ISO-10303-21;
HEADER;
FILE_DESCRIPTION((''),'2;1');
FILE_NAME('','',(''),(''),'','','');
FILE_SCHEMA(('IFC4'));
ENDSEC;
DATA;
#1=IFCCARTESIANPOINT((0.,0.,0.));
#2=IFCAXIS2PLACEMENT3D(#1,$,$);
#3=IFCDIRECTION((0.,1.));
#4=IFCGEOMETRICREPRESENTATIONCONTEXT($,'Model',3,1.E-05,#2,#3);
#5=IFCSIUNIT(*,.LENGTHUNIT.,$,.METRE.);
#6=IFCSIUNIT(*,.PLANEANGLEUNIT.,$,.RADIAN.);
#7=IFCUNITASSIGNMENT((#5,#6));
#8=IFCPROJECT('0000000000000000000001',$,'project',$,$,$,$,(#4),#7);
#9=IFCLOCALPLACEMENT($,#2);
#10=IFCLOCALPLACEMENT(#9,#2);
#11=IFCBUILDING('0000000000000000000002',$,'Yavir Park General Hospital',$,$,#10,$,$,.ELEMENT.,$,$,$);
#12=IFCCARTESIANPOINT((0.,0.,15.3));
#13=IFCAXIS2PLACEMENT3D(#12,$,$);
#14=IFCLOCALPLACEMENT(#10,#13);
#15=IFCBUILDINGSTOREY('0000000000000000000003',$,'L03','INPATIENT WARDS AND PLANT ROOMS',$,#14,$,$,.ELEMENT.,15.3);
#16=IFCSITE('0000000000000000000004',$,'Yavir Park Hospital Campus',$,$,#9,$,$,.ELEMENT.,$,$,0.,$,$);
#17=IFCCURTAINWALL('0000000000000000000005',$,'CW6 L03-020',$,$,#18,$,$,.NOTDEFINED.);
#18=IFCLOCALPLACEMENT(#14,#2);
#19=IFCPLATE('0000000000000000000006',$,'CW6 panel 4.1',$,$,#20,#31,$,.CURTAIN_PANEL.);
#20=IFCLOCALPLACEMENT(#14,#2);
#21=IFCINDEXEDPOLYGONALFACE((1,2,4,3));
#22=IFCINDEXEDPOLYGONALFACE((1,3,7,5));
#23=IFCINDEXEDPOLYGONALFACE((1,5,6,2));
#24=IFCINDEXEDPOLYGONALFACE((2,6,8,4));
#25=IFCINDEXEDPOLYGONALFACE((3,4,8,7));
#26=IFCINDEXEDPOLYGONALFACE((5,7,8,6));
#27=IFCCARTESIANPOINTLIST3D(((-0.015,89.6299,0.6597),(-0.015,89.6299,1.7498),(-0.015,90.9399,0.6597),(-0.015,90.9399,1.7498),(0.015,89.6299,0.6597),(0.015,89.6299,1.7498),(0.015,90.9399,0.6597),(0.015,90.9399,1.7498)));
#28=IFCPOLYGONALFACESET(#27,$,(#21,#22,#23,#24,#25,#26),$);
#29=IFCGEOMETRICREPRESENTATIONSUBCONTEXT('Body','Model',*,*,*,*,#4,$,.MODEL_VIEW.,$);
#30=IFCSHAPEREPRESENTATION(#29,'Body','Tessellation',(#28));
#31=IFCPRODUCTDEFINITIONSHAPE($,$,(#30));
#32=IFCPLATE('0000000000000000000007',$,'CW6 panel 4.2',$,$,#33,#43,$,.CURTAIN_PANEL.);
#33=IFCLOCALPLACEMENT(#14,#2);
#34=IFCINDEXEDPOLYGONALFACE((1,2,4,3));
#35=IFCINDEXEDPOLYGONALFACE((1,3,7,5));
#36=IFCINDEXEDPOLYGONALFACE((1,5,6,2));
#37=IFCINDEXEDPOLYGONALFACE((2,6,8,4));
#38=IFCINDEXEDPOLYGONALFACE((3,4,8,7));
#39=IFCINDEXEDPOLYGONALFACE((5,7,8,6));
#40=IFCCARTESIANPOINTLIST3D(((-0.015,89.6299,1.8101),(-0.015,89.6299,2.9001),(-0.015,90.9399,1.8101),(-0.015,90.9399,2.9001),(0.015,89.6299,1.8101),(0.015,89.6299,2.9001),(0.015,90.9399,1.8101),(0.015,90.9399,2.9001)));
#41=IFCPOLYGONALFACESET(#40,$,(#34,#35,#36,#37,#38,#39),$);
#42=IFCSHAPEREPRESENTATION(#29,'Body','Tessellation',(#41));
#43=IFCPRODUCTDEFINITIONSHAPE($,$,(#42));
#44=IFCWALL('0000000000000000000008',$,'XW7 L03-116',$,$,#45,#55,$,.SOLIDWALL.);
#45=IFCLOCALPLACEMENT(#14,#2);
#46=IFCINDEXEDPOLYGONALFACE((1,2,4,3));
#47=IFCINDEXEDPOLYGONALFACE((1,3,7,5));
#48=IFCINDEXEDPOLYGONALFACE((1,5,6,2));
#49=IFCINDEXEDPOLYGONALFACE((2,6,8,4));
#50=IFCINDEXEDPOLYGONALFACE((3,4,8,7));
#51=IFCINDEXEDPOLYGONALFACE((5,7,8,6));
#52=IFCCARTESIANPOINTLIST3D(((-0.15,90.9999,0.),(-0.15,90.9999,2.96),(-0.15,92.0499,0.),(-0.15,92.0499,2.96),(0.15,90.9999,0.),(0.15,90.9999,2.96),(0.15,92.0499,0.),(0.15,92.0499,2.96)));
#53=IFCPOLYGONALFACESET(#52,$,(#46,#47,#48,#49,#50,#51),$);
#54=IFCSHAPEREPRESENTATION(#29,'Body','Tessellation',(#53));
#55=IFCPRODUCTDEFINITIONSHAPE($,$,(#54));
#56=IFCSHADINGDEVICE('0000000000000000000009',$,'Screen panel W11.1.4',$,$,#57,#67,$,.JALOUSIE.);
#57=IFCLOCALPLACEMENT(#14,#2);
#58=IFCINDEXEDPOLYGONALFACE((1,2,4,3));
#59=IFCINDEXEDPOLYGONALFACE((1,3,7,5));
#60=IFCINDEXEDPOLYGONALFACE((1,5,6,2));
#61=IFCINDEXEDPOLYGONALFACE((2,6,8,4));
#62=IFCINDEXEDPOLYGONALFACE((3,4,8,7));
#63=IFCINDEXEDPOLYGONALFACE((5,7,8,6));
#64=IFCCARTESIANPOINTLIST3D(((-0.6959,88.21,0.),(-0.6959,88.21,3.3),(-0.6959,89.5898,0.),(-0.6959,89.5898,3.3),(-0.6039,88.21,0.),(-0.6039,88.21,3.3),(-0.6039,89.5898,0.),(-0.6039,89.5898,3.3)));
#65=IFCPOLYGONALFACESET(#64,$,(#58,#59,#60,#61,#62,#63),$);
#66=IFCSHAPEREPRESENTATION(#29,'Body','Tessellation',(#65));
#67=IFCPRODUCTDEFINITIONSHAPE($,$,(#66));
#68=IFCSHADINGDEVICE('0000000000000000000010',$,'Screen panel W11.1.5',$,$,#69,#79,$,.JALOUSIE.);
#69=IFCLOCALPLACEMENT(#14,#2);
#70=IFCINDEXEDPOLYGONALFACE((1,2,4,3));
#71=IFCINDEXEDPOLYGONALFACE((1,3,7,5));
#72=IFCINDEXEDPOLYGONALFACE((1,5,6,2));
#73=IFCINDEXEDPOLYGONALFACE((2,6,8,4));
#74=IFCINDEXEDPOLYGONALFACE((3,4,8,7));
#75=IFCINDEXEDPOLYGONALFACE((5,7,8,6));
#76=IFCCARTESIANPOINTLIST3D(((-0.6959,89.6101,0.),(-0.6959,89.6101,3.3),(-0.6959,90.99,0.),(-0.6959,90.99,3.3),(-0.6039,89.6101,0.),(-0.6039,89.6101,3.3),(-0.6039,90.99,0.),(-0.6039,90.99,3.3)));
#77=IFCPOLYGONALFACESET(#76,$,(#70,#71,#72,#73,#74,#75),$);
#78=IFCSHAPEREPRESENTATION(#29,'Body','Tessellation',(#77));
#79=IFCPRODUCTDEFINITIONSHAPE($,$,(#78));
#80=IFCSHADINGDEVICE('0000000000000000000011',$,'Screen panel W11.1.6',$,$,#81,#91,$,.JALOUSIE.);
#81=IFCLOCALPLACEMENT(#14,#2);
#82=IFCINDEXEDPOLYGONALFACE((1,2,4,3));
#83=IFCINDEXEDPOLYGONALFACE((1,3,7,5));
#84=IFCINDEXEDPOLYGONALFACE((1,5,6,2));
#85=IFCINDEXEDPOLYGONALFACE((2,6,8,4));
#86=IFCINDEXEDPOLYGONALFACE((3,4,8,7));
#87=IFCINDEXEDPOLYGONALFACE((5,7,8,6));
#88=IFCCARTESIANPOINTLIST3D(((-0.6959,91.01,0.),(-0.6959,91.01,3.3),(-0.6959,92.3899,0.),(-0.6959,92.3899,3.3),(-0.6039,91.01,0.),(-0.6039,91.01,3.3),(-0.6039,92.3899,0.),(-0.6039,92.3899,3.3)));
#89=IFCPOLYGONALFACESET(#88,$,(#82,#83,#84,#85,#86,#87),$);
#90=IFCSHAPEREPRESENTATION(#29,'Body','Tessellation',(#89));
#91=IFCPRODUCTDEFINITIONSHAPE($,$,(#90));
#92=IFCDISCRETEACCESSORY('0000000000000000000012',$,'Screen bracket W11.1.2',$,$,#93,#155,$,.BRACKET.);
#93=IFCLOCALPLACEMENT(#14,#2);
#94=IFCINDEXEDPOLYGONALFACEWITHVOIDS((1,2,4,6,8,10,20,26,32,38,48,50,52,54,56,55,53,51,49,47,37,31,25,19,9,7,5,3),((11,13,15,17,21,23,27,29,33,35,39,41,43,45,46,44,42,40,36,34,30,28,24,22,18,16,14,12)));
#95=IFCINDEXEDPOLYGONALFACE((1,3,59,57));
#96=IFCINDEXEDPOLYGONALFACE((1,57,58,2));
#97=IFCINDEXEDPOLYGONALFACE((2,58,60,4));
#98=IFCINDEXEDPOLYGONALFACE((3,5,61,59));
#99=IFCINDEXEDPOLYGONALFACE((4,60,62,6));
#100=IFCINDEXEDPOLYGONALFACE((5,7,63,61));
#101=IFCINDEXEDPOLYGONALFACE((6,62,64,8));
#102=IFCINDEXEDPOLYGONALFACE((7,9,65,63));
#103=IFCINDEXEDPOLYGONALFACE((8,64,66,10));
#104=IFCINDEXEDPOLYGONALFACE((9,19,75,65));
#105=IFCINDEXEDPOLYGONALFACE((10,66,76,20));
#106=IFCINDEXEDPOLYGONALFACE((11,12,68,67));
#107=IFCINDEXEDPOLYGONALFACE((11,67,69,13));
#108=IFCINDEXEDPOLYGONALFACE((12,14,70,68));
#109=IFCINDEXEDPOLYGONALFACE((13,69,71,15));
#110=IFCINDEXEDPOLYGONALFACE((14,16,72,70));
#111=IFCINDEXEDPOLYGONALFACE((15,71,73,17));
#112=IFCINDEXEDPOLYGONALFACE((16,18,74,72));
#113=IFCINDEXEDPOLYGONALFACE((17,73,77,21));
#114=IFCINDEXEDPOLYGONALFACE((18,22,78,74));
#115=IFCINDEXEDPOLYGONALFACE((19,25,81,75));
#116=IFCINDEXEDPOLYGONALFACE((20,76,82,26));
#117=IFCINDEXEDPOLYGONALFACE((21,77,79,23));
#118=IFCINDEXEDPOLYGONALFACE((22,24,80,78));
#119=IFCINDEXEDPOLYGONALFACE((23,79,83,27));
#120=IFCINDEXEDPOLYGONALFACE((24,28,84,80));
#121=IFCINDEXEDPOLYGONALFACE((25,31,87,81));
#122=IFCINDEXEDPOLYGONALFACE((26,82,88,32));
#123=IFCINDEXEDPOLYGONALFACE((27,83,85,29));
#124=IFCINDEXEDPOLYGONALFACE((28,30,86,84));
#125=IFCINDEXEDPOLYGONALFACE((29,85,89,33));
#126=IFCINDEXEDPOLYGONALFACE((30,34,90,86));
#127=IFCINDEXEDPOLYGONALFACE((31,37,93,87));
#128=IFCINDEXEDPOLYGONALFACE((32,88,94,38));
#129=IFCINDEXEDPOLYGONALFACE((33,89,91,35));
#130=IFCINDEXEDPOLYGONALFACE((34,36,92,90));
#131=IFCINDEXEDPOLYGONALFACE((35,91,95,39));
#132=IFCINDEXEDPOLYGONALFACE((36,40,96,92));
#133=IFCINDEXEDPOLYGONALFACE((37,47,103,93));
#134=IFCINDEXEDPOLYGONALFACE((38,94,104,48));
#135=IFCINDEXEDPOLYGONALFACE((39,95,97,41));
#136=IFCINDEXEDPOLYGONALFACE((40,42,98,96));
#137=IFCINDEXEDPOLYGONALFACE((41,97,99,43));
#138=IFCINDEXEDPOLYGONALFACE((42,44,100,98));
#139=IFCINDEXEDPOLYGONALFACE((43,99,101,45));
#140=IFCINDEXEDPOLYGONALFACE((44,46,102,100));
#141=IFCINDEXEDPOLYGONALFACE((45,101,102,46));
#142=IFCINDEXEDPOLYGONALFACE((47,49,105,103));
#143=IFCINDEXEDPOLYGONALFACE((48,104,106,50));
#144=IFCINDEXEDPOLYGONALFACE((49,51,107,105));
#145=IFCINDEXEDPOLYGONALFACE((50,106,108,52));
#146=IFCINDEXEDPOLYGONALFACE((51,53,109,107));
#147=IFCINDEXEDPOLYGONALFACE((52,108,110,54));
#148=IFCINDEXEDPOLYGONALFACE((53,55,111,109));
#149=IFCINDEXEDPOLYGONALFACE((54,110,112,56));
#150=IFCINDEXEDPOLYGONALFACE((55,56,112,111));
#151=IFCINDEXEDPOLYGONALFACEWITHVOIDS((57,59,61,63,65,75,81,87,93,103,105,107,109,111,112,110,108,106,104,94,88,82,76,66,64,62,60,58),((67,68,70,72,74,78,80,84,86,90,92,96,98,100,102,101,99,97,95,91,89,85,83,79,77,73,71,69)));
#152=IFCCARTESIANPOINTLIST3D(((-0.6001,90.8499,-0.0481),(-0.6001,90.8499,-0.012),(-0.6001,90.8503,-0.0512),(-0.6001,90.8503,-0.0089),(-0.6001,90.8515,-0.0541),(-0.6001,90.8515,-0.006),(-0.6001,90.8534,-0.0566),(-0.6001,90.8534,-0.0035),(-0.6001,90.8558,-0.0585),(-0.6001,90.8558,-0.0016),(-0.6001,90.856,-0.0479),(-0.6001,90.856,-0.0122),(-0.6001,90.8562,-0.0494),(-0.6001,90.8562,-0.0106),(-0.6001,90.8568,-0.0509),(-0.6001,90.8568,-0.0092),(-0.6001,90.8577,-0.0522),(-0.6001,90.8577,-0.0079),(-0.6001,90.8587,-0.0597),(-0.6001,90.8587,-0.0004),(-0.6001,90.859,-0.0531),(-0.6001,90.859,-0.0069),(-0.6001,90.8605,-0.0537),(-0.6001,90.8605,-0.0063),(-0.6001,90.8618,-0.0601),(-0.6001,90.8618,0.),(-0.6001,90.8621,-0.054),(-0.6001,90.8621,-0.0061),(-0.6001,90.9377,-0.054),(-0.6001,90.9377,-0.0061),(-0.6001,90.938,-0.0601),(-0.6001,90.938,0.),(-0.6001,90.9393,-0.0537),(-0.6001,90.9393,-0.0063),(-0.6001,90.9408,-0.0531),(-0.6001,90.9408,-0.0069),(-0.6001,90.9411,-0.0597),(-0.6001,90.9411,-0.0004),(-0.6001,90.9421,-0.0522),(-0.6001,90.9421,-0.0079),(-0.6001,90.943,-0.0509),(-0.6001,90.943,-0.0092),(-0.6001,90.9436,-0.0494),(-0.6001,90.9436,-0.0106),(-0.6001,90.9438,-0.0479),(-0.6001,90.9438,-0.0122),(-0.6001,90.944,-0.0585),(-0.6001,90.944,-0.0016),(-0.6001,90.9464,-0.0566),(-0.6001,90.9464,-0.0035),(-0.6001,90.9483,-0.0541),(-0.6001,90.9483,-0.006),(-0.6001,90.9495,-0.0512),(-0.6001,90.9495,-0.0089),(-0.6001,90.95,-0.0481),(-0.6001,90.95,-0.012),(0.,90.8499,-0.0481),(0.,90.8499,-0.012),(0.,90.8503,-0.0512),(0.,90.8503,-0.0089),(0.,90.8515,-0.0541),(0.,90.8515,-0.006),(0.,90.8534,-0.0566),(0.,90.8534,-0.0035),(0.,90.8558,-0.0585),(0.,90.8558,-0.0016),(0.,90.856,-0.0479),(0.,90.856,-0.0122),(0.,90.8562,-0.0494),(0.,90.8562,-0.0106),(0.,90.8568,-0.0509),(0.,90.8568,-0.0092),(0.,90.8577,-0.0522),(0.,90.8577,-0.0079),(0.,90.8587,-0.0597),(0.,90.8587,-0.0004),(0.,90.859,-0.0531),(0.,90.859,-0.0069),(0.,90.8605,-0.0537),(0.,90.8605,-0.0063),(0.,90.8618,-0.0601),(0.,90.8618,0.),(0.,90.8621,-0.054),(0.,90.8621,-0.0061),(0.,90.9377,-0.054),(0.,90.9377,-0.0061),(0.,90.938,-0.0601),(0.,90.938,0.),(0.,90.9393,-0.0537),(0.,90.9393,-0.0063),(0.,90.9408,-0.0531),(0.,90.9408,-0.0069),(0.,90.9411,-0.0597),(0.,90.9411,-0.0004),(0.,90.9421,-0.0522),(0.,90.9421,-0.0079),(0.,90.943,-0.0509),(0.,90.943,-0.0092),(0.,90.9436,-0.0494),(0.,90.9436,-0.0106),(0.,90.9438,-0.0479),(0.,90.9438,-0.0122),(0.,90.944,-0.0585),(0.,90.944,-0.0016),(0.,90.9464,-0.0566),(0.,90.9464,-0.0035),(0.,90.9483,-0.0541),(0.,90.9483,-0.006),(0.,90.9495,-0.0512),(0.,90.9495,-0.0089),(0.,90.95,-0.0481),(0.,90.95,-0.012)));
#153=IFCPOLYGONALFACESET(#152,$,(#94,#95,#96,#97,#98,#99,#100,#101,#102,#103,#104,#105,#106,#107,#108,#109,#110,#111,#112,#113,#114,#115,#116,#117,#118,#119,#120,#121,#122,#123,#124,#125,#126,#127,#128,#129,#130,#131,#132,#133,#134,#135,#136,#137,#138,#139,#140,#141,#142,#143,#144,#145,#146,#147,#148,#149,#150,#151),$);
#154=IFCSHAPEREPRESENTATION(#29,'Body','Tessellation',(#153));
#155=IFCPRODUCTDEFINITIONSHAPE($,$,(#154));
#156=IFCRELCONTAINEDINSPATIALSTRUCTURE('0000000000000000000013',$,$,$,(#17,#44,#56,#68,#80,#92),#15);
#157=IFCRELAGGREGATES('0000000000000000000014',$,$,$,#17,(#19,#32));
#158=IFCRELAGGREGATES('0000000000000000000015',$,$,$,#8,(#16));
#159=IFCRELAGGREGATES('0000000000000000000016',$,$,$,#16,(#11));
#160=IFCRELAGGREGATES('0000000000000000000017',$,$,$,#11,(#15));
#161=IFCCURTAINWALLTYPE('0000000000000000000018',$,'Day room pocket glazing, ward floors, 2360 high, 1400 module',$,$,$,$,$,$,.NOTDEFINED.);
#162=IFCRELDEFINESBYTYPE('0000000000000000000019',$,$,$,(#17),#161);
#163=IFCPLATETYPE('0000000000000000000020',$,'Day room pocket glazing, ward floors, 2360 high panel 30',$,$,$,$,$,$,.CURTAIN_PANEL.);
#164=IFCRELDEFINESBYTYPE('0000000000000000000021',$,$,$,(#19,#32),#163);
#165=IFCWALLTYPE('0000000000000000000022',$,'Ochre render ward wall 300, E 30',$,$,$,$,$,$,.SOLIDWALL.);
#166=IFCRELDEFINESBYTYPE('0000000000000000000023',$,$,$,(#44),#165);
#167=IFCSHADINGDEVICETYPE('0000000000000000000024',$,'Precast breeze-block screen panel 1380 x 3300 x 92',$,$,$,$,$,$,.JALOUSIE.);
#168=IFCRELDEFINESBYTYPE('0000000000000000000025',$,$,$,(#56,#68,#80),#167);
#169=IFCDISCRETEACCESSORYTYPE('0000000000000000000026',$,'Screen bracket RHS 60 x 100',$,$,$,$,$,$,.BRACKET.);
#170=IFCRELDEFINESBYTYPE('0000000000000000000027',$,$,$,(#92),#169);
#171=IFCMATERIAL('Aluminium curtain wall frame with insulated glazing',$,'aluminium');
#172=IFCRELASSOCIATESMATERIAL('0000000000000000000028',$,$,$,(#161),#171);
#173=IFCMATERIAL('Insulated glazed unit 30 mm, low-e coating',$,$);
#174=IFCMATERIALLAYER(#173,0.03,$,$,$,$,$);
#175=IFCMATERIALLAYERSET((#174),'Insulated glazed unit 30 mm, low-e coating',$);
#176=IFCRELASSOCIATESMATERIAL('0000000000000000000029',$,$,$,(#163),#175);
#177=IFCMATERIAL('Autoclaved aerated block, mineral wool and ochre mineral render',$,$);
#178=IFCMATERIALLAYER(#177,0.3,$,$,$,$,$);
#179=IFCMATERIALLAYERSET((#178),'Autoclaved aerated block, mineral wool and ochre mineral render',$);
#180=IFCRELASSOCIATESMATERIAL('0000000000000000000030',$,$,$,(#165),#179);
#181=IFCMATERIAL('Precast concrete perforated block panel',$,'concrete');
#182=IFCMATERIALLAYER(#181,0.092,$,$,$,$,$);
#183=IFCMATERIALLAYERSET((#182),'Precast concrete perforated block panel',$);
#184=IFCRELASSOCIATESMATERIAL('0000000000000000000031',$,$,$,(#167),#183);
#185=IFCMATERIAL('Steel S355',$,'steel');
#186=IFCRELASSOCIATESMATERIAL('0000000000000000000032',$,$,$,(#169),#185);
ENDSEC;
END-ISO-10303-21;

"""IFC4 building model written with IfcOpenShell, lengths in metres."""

from ifc_helpers import new_model, si_unit, direction, frame, frame_2d, origin, origin_2d, place, context, subcontext, project, spatial, rectangle, hollow_rectangle, extrude, material, layer, layer_set, material_profile, profile_set, type_object, element, aggregate, save


model = new_model("IFC4")

# Units and contexts
model_context = context("Model", 3, precision=1e-05, world=origin(), true_north=direction((0.0, 1.0)))
body_context = subcontext(model_context, "Body", "Model", "MODEL_VIEW")
ifc_project = project(units=[si_unit("LENGTHUNIT", "METRE"), si_unit("PLANEANGLEUNIT", "RADIAN")], contexts=[model_context])

# Site, building, storey
site_placement = place(None, origin())
site = spatial("IfcSite", under=ifc_project, at=site_placement, Name="Yavir Park Hospital Campus", CompositionType="ELEMENT", RefElevation=0.0)
building_placement = place(site_placement, origin())
building = spatial("IfcBuilding", under=site, at=building_placement, Name="Yavir Park General Hospital", CompositionType="ELEMENT")
storey_placement = place(building_placement, frame((0.0, 0.0, 15.3)))
storey = spatial("IfcBuildingStorey", under=building, at=storey_placement, Name="L03", Description="INPATIENT WARDS AND PLANT ROOMS", CompositionType="ELEMENT", Elevation=15.3)

# Curtain wall
ifc_material_1 = material(Name="Aluminium curtain wall frame with insulated glazing", Category="aluminium")
curtain_wall_type = type_object("IfcCurtainWallType", Name="Day room pocket glazing, ward floors, 2360 high, 1400 module", PredefinedType="NOTDEFINED", material=ifc_material_1)
curtain_wall_placement = place(storey_placement, origin())
curtain_wall = element("IfcCurtainWall", 1, at=curtain_wall_placement, inside=storey, type_object=curtain_wall_type, Name="CW6 L03-020", PredefinedType="NOTDEFINED")

# Plates
ifc_material_2 = material(Name="Insulated glazed unit 30 mm, low-e coating")
ifc_layer_1 = layer(ifc_material_2, 0.03)
ifc_layer_set_1 = layer_set([ifc_layer_1], Name="Insulated glazed unit 30 mm, low-e coating")
plate_type = type_object("IfcPlateType", Name="Day room pocket glazing, ward floors, 2360 high panel 30", PredefinedType="CURTAIN_PANEL", material=ifc_layer_set_1)
plate_1_placement = place(storey_placement, frame((0.0, 90.2849, 0.6597), z_axis=(0.0, 0.0, 1.0), x_axis=(0.0, 1.0, 0.0)))
plate_1 = element("IfcPlate", 2, at=plate_1_placement, type_object=plate_type, Name="CW6 panel 4.1", PredefinedType="CURTAIN_PANEL", context=body_context, shape_type="SweptSolid", body=[
    extrude(rectangle(XDim=1.3101, YDim=0.03, at=origin_2d()), origin(), (0.0, 0.0, 1.0), 1.0901),
])
plate_2_placement = place(storey_placement, frame((0.0, 90.2849, 1.8101), z_axis=(0.0, 0.0, 1.0), x_axis=(0.0, 1.0, 0.0)))
plate_2 = element("IfcPlate", 3, at=plate_2_placement, type_object=plate_type, Name="CW6 panel 4.2", PredefinedType="CURTAIN_PANEL", context=body_context, shape_type="SweptSolid", body=[
    extrude(rectangle(XDim=1.3101, YDim=0.03, at=origin_2d()), origin(), (0.0, 0.0, 1.0), 1.0901),
])
aggregate(curtain_wall, [plate_1, plate_2])

# Wall
ifc_material_3 = material(Name="Autoclaved aerated block, mineral wool and ochre mineral render")
ifc_layer_2 = layer(ifc_material_3, 0.3)
ifc_layer_set_2 = layer_set([ifc_layer_2], Name="Autoclaved aerated block, mineral wool and ochre mineral render")
wall_type = type_object("IfcWallType", Name="Ochre render ward wall 300, E 30", PredefinedType="SOLIDWALL", material=ifc_layer_set_2)
wall_placement = place(storey_placement, frame((0.0, 91.0, 0.0), z_axis=(0.0, 0.0, 1.0), x_axis=(0.0, 1.0, 0.0)))
element("IfcWall", 4, at=wall_placement, inside=storey, type_object=wall_type, Name="XW7 L03-116", PredefinedType="SOLIDWALL", context=body_context, shape_type="SweptSolid", body=[
    extrude(rectangle(XDim=1.05, YDim=0.3, at=frame_2d((0.5249, 0.0))), origin(), (0.0, 0.0, 1.0), 2.96),
])

# Shading devices
ifc_material_4 = material(Name="Precast concrete perforated block panel", Category="concrete")
ifc_layer_3 = layer(ifc_material_4, 0.092)
ifc_layer_set_3 = layer_set([ifc_layer_3], Name="Precast concrete perforated block panel")
shading_device_type = type_object("IfcShadingDeviceType", Name="Precast breeze-block screen panel 1380 x 3300 x 92", PredefinedType="JALOUSIE", material=ifc_layer_set_3)
for number, where, z_axis, x_axis, name in (
    (5, (-0.6499, 88.8999, 0.0), (0.0, 0.0, 1.0), (1.0, 0.0, 0.0), "Screen panel W11.1.4"),
    (6, (-0.6499, 90.3, 0.0), (0.0, 0.0, 1.0), (1.0, 0.0, 0.0), "Screen panel W11.1.5"),
    (7, (-0.6499, 91.7, 0.0), (0.0, 0.0, 1.0), (1.0, 0.0, 0.0), "Screen panel W11.1.6"),
):
    element("IfcShadingDevice", number, at=place(storey_placement, frame(where, z_axis=z_axis, x_axis=x_axis)), inside=storey, type_object=shading_device_type, Name=name, PredefinedType="JALOUSIE", context=body_context, shape_type="SweptSolid", body=[
        extrude(rectangle(XDim=0.092, YDim=1.3799, at=origin_2d()), origin(), (0.0, 0.0, 1.0), 3.3),
    ])

# Discrete accessory
ifc_material_5 = material(Name="Steel S355", Category="steel")
ifc_material_profile_1 = material_profile(ifc_material_5, hollow_rectangle(XDim=0.1001, YDim=0.0601, WallThickness=0.0061, InnerFilletRadius=0.0061, OuterFilletRadius=0.012, at=origin_2d()), Name="RHS60x100x6")
ifc_profile_set_1 = profile_set([ifc_material_profile_1], Name="Steel S355")
discrete_accessory_type_1 = type_object("IfcDiscreteAccessoryType", Name="Screen bracket RHS 60 x 100", PredefinedType="BRACKET", material=ifc_profile_set_1)
discrete_accessory_1_placement = place(storey_placement, frame((0.0, 90.8999, -0.03), z_axis=(-1.0, 0.0, 0.0), x_axis=(0.0, -1.0, 0.0)))
element("IfcDiscreteAccessory", 8, at=discrete_accessory_1_placement, inside=storey, type_object=discrete_accessory_type_1, Name="Screen bracket W11.1.2", PredefinedType="BRACKET", context=body_context, shape_type="SweptSolid", body=[
    extrude(hollow_rectangle(XDim=0.1001, YDim=0.0601, WallThickness=0.0061, InnerFilletRadius=0.0061, OuterFilletRadius=0.012, at=origin_2d()), origin(), (0.0, 0.0, 1.0), 0.6001),
])

save(model, "model.ifc")
